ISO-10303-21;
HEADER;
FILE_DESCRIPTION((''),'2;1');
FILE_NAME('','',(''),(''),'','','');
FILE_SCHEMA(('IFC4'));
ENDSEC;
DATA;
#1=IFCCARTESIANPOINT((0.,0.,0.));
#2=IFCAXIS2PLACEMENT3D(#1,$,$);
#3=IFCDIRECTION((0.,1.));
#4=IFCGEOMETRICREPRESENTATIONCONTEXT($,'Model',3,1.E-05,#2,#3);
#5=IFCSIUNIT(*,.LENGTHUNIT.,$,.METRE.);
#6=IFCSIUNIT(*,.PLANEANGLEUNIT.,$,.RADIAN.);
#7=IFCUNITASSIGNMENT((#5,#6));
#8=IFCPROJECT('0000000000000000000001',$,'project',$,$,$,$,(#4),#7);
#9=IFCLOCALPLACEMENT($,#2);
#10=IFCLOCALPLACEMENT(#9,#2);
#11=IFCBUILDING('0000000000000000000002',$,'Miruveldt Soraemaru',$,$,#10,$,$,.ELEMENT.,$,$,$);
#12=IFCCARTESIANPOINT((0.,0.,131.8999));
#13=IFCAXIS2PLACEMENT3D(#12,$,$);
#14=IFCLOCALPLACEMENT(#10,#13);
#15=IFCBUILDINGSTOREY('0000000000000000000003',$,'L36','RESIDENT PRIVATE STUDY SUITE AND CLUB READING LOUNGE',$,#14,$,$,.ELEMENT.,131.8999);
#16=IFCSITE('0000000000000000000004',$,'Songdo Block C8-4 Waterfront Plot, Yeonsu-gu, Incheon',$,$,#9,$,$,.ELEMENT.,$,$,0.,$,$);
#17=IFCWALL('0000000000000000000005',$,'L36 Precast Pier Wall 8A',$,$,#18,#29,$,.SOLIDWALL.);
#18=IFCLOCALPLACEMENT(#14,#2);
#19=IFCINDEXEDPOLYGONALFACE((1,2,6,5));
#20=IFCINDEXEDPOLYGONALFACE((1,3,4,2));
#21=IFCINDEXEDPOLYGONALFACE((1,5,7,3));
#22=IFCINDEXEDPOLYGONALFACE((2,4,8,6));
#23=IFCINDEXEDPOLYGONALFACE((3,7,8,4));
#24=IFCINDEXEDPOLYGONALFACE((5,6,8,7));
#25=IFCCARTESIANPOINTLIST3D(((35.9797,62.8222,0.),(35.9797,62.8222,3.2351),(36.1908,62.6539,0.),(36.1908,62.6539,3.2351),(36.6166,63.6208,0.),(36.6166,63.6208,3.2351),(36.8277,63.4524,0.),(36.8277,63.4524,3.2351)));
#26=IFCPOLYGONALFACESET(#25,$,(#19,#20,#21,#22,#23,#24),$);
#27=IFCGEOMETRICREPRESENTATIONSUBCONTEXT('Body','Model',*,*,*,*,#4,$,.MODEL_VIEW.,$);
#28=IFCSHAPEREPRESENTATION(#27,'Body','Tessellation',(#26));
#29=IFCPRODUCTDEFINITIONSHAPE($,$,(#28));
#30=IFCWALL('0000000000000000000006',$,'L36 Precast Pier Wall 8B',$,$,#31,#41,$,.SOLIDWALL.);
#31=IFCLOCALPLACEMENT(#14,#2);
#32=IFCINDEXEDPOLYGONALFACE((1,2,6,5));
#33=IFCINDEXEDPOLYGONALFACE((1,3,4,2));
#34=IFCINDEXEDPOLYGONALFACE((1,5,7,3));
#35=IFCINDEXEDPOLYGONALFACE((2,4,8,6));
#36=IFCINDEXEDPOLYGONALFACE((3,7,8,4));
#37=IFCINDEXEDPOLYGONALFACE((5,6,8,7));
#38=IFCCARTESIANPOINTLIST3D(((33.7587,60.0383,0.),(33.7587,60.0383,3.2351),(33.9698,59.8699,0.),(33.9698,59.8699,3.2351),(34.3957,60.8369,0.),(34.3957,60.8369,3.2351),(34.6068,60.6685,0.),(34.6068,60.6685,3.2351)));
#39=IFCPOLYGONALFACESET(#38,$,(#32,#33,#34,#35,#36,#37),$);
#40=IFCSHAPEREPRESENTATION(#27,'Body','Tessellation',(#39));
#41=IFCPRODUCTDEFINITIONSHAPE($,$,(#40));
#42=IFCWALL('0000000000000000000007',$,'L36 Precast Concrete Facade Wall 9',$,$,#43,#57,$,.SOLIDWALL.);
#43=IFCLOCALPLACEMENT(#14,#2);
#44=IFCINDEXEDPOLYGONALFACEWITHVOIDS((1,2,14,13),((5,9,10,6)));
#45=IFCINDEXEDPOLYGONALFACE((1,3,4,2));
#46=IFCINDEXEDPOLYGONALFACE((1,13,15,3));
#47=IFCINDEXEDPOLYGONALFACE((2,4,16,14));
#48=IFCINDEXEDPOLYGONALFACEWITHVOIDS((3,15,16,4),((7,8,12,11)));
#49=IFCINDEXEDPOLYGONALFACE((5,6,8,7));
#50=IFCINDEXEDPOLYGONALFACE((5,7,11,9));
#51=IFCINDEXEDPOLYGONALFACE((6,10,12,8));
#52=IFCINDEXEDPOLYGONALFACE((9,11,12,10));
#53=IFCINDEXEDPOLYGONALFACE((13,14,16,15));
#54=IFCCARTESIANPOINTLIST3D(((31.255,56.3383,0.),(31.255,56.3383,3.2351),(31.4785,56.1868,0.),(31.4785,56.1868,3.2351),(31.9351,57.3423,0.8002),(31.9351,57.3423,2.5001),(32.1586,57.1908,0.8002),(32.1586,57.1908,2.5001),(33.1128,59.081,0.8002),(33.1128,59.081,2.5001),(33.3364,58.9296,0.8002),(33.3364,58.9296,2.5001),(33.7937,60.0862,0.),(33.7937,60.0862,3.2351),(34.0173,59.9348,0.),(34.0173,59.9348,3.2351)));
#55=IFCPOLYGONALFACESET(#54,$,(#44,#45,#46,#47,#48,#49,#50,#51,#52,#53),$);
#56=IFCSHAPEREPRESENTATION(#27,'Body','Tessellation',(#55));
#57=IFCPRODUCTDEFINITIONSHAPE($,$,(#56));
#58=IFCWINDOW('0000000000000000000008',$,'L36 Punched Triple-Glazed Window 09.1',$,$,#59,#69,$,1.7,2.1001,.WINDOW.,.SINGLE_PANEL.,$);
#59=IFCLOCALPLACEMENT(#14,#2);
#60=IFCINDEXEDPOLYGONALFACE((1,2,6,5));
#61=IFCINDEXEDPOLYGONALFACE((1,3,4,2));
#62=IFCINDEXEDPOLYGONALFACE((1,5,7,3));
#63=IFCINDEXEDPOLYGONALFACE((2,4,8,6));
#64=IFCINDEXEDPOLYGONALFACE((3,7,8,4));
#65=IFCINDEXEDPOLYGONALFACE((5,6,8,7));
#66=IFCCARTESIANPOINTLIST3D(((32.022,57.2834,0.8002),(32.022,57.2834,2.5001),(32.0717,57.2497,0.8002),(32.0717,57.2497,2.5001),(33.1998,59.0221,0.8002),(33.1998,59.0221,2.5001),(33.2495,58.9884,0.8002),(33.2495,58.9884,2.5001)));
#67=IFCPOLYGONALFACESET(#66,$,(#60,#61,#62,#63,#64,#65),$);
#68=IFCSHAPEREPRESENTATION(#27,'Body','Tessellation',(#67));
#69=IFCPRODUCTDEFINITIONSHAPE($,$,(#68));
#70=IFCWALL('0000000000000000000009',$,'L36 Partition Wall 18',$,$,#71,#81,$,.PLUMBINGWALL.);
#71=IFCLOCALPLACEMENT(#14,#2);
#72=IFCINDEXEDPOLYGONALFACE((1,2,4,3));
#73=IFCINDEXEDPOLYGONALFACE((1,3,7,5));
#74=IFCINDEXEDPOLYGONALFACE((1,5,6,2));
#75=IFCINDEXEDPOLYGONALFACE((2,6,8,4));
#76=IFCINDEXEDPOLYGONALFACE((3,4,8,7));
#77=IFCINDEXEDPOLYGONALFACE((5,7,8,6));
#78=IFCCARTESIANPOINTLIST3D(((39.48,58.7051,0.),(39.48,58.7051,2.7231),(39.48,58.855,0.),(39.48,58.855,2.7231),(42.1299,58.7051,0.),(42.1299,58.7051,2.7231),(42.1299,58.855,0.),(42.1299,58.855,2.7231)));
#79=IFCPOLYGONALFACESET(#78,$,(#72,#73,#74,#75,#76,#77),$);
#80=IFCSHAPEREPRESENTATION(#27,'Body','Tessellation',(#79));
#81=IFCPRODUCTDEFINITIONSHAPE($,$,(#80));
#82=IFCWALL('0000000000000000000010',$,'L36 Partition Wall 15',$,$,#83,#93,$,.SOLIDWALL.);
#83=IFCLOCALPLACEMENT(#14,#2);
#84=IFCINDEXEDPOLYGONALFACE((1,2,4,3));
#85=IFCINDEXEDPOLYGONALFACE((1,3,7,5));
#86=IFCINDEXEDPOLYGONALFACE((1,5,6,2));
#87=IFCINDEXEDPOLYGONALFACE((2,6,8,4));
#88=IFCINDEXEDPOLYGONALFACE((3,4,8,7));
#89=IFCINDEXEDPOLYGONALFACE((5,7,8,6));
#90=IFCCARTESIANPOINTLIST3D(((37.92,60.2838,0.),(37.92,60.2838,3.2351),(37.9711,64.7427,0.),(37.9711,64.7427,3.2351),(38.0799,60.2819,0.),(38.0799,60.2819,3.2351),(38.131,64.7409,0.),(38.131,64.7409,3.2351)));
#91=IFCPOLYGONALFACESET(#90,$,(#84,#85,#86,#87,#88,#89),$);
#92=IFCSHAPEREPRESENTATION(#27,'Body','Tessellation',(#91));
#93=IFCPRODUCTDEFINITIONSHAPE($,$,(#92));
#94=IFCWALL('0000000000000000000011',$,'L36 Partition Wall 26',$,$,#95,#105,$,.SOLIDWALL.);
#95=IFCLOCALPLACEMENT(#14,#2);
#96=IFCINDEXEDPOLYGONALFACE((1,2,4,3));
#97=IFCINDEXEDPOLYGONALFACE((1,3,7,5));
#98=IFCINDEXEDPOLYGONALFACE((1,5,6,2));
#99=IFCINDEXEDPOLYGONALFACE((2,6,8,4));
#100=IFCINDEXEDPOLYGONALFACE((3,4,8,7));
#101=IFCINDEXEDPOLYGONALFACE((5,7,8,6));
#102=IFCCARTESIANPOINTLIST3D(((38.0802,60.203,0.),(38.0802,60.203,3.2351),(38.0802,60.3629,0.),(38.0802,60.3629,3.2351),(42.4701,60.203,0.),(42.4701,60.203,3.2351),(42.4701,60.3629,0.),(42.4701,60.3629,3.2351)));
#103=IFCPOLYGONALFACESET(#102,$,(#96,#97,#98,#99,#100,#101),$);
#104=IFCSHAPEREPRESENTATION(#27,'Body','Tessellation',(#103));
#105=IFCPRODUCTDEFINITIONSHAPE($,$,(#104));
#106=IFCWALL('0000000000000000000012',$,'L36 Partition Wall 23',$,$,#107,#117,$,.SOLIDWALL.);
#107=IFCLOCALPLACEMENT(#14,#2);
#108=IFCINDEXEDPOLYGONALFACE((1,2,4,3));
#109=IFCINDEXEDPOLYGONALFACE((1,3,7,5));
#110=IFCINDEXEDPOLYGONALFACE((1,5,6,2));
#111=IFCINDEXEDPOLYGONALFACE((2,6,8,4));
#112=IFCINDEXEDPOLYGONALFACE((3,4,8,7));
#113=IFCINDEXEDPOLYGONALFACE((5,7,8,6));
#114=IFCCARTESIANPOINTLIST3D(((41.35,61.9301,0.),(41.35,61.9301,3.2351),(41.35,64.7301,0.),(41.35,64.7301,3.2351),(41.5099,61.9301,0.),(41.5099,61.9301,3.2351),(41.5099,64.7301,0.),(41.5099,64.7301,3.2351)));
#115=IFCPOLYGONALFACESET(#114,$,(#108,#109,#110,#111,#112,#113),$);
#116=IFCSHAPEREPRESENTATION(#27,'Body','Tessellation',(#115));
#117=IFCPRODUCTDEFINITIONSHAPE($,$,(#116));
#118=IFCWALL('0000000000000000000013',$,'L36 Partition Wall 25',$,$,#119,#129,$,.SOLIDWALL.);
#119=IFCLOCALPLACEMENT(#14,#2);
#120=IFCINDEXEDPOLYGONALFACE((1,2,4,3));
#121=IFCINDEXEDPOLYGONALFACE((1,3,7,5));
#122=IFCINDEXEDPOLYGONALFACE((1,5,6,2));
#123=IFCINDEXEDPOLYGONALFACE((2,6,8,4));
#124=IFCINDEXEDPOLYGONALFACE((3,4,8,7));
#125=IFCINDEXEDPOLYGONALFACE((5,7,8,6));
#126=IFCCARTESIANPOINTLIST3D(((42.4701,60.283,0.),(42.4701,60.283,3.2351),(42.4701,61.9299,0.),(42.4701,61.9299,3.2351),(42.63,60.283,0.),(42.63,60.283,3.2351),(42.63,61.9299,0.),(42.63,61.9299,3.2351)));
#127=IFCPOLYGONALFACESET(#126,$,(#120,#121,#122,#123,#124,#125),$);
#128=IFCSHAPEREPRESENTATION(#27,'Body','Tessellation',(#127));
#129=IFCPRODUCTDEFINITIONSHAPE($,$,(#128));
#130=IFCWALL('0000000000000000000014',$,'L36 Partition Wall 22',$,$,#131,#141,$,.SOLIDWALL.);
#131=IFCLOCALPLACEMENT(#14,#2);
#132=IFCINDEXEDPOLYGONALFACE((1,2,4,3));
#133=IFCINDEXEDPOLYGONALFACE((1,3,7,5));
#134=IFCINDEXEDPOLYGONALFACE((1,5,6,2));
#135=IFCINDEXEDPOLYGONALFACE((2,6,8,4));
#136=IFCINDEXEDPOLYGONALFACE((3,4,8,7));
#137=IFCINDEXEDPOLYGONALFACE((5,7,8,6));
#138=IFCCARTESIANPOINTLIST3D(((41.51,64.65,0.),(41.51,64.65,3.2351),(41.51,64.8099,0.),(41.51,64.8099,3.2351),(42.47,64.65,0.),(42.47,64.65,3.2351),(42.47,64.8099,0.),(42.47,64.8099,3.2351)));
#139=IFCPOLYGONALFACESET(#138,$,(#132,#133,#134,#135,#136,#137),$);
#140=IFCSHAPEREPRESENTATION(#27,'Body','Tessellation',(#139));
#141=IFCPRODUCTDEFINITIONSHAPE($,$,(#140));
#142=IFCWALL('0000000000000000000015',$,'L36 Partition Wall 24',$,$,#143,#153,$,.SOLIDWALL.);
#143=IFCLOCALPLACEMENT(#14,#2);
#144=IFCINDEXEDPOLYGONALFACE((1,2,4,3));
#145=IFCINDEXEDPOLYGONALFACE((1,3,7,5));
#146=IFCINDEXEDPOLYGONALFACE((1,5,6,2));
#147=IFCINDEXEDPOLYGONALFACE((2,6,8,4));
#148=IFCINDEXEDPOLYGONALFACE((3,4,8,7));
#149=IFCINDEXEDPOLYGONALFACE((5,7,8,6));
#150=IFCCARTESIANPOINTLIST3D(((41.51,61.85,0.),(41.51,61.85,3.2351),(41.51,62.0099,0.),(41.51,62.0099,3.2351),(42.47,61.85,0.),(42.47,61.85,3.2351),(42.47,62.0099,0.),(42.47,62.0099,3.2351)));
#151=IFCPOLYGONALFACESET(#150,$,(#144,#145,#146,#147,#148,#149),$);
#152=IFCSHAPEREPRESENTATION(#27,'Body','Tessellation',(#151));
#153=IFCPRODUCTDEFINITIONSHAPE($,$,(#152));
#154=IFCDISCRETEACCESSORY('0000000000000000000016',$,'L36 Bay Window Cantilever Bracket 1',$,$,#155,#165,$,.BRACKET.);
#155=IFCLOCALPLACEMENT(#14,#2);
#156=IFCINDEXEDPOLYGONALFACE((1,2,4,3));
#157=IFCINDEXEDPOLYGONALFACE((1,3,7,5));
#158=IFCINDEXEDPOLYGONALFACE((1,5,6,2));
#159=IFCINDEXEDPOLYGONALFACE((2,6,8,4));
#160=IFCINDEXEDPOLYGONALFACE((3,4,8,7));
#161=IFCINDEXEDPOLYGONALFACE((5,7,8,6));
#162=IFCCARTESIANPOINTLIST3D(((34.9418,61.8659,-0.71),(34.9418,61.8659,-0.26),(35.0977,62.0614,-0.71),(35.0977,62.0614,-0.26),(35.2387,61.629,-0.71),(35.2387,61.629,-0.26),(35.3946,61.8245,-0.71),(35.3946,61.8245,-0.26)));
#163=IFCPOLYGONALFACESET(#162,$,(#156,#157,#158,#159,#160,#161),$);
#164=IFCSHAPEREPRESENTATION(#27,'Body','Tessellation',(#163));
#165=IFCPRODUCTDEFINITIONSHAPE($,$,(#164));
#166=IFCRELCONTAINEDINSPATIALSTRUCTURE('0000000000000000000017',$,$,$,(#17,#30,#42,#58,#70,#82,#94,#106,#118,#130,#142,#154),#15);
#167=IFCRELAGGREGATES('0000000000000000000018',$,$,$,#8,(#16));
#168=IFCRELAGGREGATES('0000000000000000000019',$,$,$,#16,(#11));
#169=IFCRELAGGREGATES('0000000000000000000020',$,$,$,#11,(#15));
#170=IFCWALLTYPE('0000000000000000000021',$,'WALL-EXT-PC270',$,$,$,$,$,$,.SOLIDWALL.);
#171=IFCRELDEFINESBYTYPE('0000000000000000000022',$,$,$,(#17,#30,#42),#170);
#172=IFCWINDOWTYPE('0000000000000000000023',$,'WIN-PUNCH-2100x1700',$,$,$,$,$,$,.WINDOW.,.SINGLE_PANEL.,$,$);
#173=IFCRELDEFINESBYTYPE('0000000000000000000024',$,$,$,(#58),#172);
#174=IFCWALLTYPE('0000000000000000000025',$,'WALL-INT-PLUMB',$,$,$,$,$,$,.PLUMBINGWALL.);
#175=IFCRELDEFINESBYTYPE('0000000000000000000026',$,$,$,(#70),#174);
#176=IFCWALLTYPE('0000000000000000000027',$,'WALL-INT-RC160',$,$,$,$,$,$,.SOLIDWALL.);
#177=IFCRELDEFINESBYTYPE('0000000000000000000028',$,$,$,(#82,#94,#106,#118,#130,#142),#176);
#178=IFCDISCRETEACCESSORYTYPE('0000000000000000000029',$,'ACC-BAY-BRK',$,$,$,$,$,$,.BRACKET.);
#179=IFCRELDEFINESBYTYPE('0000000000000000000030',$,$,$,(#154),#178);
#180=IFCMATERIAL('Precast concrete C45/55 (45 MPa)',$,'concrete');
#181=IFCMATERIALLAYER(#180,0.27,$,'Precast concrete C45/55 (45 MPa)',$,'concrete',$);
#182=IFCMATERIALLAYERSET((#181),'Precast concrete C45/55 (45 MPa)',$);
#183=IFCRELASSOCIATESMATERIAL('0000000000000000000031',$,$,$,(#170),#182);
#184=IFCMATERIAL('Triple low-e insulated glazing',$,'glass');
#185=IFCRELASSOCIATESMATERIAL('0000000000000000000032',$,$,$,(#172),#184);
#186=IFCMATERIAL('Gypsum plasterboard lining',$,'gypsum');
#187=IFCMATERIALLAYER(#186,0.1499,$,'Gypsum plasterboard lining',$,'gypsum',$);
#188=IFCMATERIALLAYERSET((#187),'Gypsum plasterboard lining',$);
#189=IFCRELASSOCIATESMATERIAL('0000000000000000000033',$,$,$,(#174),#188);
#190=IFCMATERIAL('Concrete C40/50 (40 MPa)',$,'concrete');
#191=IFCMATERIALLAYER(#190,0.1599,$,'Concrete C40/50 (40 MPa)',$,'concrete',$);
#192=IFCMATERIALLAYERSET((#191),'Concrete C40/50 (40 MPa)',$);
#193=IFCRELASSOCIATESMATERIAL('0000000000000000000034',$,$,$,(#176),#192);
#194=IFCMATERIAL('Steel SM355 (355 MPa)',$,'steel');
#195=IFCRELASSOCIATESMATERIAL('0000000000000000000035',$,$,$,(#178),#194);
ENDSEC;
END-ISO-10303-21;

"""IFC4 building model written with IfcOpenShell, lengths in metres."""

from ifc_helpers import new_model, si_unit, direction, frame, frame_2d, origin, origin_2d, place, context, subcontext, project, spatial, rectangle, extrude, material, layer, layer_set, type_object, element, fill, save


model = new_model("IFC4")

# Units and contexts
model_context = context("Model", 3, precision=1e-05, world=origin(), true_north=direction((0.0, 1.0)))
body_context = subcontext(model_context, "Body", "Model", "MODEL_VIEW")
ifc_project = project(units=[si_unit("LENGTHUNIT", "METRE"), si_unit("PLANEANGLEUNIT", "RADIAN")], contexts=[model_context])

# Site, building, storey
site_placement = place(None, origin())
site = spatial("IfcSite", under=ifc_project, at=site_placement, Name="Songdo Block C8-4 Waterfront Plot, Yeonsu-gu, Incheon", CompositionType="ELEMENT", RefElevation=0.0)
building_placement = place(site_placement, origin())
building = spatial("IfcBuilding", under=site, at=building_placement, Name="Miruveldt Soraemaru", CompositionType="ELEMENT")
storey_placement = place(building_placement, frame((0.0, 0.0, 131.8999)))
storey = spatial("IfcBuildingStorey", under=building, at=storey_placement, Name="L36", Description="RESIDENT PRIVATE STUDY SUITE AND CLUB READING LOUNGE", CompositionType="ELEMENT", Elevation=131.8999)

# Shared definitions
ifc_material_1 = material(Name="Triple low-e insulated glazing", Category="glass")
ifc_material_2 = material(Name="Precast concrete C45/55 (45 MPa)", Category="concrete")
ifc_layer_1 = layer(ifc_material_2, 0.27, Name="Precast concrete C45/55 (45 MPa)", Category="concrete")
ifc_layer_set_1 = layer_set([ifc_layer_1], Name="Precast concrete C45/55 (45 MPa)")
wall_type_1 = type_object("IfcWallType", Name="WALL-EXT-PC270", PredefinedType="SOLIDWALL", material=ifc_layer_set_1)
window_type_1 = type_object("IfcWindowType", Name="WIN-PUNCH-2100x1700", PartitioningType="SINGLE_PANEL", PredefinedType="WINDOW", material=ifc_material_1)

# Walls
for number, where, z_axis, x_axis, name in (
    (1, (36.7222, 63.5366, 0.0), (0.0, 0.0, 1.0), (-0.623558, -0.781777, 0.0), "L36 Precast Pier Wall 8A"),
    (2, (34.5012, 60.7527, 0.0), (0.0, 0.0, 1.0), (-0.623558, -0.781777, 0.0), "L36 Precast Pier Wall 8B"),
):
    element("IfcWall", number, at=place(storey_placement, frame(where, z_axis=z_axis, x_axis=x_axis)), inside=storey, type_object=wall_type_1, Name=name, PredefinedType="SOLIDWALL", context=body_context, shape_type="SweptSolid", body=[
        extrude(rectangle(XDim=1.0215, YDim=0.27, at=frame_2d((0.5107, 0.0))), origin(), (0.0, 0.0, 1.0), 3.2351),
    ])

# Wall, opening, window
wall_1_placement = place(storey_placement, frame((33.9055, 60.0105, 0.0), z_axis=(0.0, 0.0, 1.0), x_axis=(-0.560821, -0.827937, 0.0)))
wall_1 = element("IfcWall", 3, at=wall_1_placement, inside=storey, type_object=wall_type_1, Name="L36 Precast Concrete Facade Wall 9", PredefinedType="SOLIDWALL", context=body_context, shape_type="SweptSolid", body=[
    extrude(rectangle(XDim=4.5269, YDim=0.27, at=frame_2d((2.2634, 0.0))), origin(), (0.0, 0.0, 1.0), 3.2351),
])
opening_1_placement = place(wall_1_placement, frame((1.2141, 0.0, 0.8)))
opening_1 = element("IfcOpeningElement", 4, at=opening_1_placement, cuts=wall_1, PredefinedType="OPENING", context=body_context, shape_type="SweptSolid", body=[
    extrude(rectangle(XDim=2.1001, YDim=1.7, at=frame_2d((1.05, 0.8501))), frame((0.0, 0.145, 0.0), z_axis=(0.0, -1.0, 0.0), x_axis=(1.0, 0.0, 0.0)), (0.0, 0.0, 1.0), 0.29),
])
window_1_placement = place(opening_1_placement, origin())
window_1 = element("IfcWindow", 5, at=window_1_placement, inside=storey, type_object=window_type_1, Name="L36 Punched Triple-Glazed Window 09.1", OverallHeight=1.7, OverallWidth=2.1001, PartitioningType="SINGLE_PANEL", PredefinedType="WINDOW", context=body_context, shape_type="SweptSolid", body=[
    extrude(rectangle(XDim=2.1001, YDim=1.7, at=frame_2d((1.05, 0.8501))), frame((0.0, 0.03, 0.0), z_axis=(0.0, -1.0, 0.0), x_axis=(1.0, 0.0, 0.0)), (0.0, 0.0, 1.0), 0.0601),
])
fill(opening_1, window_1)

# Walls
ifc_material_3 = material(Name="Gypsum plasterboard lining", Category="gypsum")
ifc_layer_2 = layer(ifc_material_3, 0.1499, Name="Gypsum plasterboard lining", Category="gypsum")
ifc_layer_set_2 = layer_set([ifc_layer_2], Name="Gypsum plasterboard lining")
wall_type_2 = type_object("IfcWallType", Name="WALL-INT-PLUMB", PredefinedType="PLUMBINGWALL", material=ifc_layer_set_2)
wall_2_placement = place(storey_placement, frame((42.1299, 58.78, 0.0), z_axis=(0.0, 0.0, 1.0), x_axis=(-1.0, 0.0, 0.0)))
element("IfcWall", 6, at=wall_2_placement, inside=storey, type_object=wall_type_2, Name="L36 Partition Wall 18", PredefinedType="PLUMBINGWALL", context=body_context, shape_type="SweptSolid", body=[
    extrude(rectangle(XDim=2.6499, YDim=0.1499, at=frame_2d((1.325, 0.0))), origin(), (0.0, 0.0, 1.0), 2.7231),
])
ifc_material_4 = material(Name="Concrete C40/50 (40 MPa)", Category="concrete")
ifc_layer_3 = layer(ifc_material_4, 0.1599, Name="Concrete C40/50 (40 MPa)", Category="concrete")
ifc_layer_set_3 = layer_set([ifc_layer_3], Name="Concrete C40/50 (40 MPa)")
wall_type_3 = type_object("IfcWallType", Name="WALL-INT-RC160", PredefinedType="SOLIDWALL", material=ifc_layer_set_3)
wall_3_placement = place(storey_placement, frame((38.0, 60.283, 0.0), z_axis=(0.0, 0.0, 1.0), x_axis=(0.011443, 0.999935, 0.0)))
element("IfcWall", 7, at=wall_3_placement, inside=storey, type_object=wall_type_3, Name="L36 Partition Wall 15", PredefinedType="SOLIDWALL", context=body_context, shape_type="SweptSolid", body=[
    extrude(rectangle(XDim=4.4592, YDim=0.1599, at=frame_2d((2.2295, 0.0))), origin(), (0.0, 0.0, 1.0), 3.2351),
])
wall_4_placement = place(storey_placement, frame((42.47, 60.283, 0.0), z_axis=(0.0, 0.0, 1.0), x_axis=(-1.0, 0.0, 0.0)))
element("IfcWall", 8, at=wall_4_placement, inside=storey, type_object=wall_type_3, Name="L36 Partition Wall 26", PredefinedType="SOLIDWALL", context=body_context, shape_type="SweptSolid", body=[
    extrude(rectangle(XDim=4.3899, YDim=0.1599, at=frame_2d((2.1948, 0.0))), origin(), (0.0, 0.0, 1.0), 3.2351),
])
wall_5_placement = place(storey_placement, frame((41.4299, 64.73, 0.0), z_axis=(0.0, 0.0, 1.0), x_axis=(0.0, -1.0, 0.0)))
element("IfcWall", 9, at=wall_5_placement, inside=storey, type_object=wall_type_3, Name="L36 Partition Wall 23", PredefinedType="SOLIDWALL", context=body_context, shape_type="SweptSolid", body=[
    extrude(rectangle(XDim=2.8, YDim=0.1599, at=frame_2d((1.3999, 0.0))), origin(), (0.0, 0.0, 1.0), 3.2351),
])
wall_6_placement = place(storey_placement, frame((42.55, 61.9299, 0.0), z_axis=(0.0, 0.0, 1.0), x_axis=(0.0, -1.0, 0.0)))
element("IfcWall", 10, at=wall_6_placement, inside=storey, type_object=wall_type_3, Name="L36 Partition Wall 25", PredefinedType="SOLIDWALL", context=body_context, shape_type="SweptSolid", body=[
    extrude(rectangle(XDim=1.647, YDim=0.1599, at=frame_2d((0.8235, 0.0))), origin(), (0.0, 0.0, 1.0), 3.2351),
])
for number, where, z_axis, x_axis, name in (
    (11, (42.47, 64.73, 0.0), (0.0, 0.0, 1.0), (-1.0, 0.0, 0.0), "L36 Partition Wall 22"),
    (12, (41.51, 61.9299, 0.0), (0.0, 0.0, 1.0), (1.0, 0.0, 0.0), "L36 Partition Wall 24"),
):
    element("IfcWall", number, at=place(storey_placement, frame(where, z_axis=z_axis, x_axis=x_axis)), inside=storey, type_object=wall_type_3, Name=name, PredefinedType="SOLIDWALL", context=body_context, shape_type="SweptSolid", body=[
        extrude(rectangle(XDim=0.96, YDim=0.1599, at=frame_2d((0.48, 0.0))), origin(), (0.0, 0.0, 1.0), 3.2351),
    ])

# Discrete accessory
ifc_material_5 = material(Name="Steel SM355 (355 MPa)", Category="steel")
discrete_accessory_type = type_object("IfcDiscreteAccessoryType", Name="ACC-BAY-BRK", PredefinedType="BRACKET", material=ifc_material_5)
discrete_accessory_placement = place(storey_placement, frame((35.1682, 61.8452, -0.71), z_axis=(0.0, 0.0, 1.0), x_axis=(-0.781738, 0.623607, 0.0)))
element("IfcDiscreteAccessory", 13, at=discrete_accessory_placement, inside=storey, type_object=discrete_accessory_type, Name="L36 Bay Window Cantilever Bracket 1", PredefinedType="BRACKET", context=body_context, shape_type="SweptSolid", body=[
    extrude(rectangle(XDim=0.3799, YDim=0.25, at=origin_2d()), origin(), (0.0, 0.0, 1.0), 0.45),
])

save(model, "model.ifc")
